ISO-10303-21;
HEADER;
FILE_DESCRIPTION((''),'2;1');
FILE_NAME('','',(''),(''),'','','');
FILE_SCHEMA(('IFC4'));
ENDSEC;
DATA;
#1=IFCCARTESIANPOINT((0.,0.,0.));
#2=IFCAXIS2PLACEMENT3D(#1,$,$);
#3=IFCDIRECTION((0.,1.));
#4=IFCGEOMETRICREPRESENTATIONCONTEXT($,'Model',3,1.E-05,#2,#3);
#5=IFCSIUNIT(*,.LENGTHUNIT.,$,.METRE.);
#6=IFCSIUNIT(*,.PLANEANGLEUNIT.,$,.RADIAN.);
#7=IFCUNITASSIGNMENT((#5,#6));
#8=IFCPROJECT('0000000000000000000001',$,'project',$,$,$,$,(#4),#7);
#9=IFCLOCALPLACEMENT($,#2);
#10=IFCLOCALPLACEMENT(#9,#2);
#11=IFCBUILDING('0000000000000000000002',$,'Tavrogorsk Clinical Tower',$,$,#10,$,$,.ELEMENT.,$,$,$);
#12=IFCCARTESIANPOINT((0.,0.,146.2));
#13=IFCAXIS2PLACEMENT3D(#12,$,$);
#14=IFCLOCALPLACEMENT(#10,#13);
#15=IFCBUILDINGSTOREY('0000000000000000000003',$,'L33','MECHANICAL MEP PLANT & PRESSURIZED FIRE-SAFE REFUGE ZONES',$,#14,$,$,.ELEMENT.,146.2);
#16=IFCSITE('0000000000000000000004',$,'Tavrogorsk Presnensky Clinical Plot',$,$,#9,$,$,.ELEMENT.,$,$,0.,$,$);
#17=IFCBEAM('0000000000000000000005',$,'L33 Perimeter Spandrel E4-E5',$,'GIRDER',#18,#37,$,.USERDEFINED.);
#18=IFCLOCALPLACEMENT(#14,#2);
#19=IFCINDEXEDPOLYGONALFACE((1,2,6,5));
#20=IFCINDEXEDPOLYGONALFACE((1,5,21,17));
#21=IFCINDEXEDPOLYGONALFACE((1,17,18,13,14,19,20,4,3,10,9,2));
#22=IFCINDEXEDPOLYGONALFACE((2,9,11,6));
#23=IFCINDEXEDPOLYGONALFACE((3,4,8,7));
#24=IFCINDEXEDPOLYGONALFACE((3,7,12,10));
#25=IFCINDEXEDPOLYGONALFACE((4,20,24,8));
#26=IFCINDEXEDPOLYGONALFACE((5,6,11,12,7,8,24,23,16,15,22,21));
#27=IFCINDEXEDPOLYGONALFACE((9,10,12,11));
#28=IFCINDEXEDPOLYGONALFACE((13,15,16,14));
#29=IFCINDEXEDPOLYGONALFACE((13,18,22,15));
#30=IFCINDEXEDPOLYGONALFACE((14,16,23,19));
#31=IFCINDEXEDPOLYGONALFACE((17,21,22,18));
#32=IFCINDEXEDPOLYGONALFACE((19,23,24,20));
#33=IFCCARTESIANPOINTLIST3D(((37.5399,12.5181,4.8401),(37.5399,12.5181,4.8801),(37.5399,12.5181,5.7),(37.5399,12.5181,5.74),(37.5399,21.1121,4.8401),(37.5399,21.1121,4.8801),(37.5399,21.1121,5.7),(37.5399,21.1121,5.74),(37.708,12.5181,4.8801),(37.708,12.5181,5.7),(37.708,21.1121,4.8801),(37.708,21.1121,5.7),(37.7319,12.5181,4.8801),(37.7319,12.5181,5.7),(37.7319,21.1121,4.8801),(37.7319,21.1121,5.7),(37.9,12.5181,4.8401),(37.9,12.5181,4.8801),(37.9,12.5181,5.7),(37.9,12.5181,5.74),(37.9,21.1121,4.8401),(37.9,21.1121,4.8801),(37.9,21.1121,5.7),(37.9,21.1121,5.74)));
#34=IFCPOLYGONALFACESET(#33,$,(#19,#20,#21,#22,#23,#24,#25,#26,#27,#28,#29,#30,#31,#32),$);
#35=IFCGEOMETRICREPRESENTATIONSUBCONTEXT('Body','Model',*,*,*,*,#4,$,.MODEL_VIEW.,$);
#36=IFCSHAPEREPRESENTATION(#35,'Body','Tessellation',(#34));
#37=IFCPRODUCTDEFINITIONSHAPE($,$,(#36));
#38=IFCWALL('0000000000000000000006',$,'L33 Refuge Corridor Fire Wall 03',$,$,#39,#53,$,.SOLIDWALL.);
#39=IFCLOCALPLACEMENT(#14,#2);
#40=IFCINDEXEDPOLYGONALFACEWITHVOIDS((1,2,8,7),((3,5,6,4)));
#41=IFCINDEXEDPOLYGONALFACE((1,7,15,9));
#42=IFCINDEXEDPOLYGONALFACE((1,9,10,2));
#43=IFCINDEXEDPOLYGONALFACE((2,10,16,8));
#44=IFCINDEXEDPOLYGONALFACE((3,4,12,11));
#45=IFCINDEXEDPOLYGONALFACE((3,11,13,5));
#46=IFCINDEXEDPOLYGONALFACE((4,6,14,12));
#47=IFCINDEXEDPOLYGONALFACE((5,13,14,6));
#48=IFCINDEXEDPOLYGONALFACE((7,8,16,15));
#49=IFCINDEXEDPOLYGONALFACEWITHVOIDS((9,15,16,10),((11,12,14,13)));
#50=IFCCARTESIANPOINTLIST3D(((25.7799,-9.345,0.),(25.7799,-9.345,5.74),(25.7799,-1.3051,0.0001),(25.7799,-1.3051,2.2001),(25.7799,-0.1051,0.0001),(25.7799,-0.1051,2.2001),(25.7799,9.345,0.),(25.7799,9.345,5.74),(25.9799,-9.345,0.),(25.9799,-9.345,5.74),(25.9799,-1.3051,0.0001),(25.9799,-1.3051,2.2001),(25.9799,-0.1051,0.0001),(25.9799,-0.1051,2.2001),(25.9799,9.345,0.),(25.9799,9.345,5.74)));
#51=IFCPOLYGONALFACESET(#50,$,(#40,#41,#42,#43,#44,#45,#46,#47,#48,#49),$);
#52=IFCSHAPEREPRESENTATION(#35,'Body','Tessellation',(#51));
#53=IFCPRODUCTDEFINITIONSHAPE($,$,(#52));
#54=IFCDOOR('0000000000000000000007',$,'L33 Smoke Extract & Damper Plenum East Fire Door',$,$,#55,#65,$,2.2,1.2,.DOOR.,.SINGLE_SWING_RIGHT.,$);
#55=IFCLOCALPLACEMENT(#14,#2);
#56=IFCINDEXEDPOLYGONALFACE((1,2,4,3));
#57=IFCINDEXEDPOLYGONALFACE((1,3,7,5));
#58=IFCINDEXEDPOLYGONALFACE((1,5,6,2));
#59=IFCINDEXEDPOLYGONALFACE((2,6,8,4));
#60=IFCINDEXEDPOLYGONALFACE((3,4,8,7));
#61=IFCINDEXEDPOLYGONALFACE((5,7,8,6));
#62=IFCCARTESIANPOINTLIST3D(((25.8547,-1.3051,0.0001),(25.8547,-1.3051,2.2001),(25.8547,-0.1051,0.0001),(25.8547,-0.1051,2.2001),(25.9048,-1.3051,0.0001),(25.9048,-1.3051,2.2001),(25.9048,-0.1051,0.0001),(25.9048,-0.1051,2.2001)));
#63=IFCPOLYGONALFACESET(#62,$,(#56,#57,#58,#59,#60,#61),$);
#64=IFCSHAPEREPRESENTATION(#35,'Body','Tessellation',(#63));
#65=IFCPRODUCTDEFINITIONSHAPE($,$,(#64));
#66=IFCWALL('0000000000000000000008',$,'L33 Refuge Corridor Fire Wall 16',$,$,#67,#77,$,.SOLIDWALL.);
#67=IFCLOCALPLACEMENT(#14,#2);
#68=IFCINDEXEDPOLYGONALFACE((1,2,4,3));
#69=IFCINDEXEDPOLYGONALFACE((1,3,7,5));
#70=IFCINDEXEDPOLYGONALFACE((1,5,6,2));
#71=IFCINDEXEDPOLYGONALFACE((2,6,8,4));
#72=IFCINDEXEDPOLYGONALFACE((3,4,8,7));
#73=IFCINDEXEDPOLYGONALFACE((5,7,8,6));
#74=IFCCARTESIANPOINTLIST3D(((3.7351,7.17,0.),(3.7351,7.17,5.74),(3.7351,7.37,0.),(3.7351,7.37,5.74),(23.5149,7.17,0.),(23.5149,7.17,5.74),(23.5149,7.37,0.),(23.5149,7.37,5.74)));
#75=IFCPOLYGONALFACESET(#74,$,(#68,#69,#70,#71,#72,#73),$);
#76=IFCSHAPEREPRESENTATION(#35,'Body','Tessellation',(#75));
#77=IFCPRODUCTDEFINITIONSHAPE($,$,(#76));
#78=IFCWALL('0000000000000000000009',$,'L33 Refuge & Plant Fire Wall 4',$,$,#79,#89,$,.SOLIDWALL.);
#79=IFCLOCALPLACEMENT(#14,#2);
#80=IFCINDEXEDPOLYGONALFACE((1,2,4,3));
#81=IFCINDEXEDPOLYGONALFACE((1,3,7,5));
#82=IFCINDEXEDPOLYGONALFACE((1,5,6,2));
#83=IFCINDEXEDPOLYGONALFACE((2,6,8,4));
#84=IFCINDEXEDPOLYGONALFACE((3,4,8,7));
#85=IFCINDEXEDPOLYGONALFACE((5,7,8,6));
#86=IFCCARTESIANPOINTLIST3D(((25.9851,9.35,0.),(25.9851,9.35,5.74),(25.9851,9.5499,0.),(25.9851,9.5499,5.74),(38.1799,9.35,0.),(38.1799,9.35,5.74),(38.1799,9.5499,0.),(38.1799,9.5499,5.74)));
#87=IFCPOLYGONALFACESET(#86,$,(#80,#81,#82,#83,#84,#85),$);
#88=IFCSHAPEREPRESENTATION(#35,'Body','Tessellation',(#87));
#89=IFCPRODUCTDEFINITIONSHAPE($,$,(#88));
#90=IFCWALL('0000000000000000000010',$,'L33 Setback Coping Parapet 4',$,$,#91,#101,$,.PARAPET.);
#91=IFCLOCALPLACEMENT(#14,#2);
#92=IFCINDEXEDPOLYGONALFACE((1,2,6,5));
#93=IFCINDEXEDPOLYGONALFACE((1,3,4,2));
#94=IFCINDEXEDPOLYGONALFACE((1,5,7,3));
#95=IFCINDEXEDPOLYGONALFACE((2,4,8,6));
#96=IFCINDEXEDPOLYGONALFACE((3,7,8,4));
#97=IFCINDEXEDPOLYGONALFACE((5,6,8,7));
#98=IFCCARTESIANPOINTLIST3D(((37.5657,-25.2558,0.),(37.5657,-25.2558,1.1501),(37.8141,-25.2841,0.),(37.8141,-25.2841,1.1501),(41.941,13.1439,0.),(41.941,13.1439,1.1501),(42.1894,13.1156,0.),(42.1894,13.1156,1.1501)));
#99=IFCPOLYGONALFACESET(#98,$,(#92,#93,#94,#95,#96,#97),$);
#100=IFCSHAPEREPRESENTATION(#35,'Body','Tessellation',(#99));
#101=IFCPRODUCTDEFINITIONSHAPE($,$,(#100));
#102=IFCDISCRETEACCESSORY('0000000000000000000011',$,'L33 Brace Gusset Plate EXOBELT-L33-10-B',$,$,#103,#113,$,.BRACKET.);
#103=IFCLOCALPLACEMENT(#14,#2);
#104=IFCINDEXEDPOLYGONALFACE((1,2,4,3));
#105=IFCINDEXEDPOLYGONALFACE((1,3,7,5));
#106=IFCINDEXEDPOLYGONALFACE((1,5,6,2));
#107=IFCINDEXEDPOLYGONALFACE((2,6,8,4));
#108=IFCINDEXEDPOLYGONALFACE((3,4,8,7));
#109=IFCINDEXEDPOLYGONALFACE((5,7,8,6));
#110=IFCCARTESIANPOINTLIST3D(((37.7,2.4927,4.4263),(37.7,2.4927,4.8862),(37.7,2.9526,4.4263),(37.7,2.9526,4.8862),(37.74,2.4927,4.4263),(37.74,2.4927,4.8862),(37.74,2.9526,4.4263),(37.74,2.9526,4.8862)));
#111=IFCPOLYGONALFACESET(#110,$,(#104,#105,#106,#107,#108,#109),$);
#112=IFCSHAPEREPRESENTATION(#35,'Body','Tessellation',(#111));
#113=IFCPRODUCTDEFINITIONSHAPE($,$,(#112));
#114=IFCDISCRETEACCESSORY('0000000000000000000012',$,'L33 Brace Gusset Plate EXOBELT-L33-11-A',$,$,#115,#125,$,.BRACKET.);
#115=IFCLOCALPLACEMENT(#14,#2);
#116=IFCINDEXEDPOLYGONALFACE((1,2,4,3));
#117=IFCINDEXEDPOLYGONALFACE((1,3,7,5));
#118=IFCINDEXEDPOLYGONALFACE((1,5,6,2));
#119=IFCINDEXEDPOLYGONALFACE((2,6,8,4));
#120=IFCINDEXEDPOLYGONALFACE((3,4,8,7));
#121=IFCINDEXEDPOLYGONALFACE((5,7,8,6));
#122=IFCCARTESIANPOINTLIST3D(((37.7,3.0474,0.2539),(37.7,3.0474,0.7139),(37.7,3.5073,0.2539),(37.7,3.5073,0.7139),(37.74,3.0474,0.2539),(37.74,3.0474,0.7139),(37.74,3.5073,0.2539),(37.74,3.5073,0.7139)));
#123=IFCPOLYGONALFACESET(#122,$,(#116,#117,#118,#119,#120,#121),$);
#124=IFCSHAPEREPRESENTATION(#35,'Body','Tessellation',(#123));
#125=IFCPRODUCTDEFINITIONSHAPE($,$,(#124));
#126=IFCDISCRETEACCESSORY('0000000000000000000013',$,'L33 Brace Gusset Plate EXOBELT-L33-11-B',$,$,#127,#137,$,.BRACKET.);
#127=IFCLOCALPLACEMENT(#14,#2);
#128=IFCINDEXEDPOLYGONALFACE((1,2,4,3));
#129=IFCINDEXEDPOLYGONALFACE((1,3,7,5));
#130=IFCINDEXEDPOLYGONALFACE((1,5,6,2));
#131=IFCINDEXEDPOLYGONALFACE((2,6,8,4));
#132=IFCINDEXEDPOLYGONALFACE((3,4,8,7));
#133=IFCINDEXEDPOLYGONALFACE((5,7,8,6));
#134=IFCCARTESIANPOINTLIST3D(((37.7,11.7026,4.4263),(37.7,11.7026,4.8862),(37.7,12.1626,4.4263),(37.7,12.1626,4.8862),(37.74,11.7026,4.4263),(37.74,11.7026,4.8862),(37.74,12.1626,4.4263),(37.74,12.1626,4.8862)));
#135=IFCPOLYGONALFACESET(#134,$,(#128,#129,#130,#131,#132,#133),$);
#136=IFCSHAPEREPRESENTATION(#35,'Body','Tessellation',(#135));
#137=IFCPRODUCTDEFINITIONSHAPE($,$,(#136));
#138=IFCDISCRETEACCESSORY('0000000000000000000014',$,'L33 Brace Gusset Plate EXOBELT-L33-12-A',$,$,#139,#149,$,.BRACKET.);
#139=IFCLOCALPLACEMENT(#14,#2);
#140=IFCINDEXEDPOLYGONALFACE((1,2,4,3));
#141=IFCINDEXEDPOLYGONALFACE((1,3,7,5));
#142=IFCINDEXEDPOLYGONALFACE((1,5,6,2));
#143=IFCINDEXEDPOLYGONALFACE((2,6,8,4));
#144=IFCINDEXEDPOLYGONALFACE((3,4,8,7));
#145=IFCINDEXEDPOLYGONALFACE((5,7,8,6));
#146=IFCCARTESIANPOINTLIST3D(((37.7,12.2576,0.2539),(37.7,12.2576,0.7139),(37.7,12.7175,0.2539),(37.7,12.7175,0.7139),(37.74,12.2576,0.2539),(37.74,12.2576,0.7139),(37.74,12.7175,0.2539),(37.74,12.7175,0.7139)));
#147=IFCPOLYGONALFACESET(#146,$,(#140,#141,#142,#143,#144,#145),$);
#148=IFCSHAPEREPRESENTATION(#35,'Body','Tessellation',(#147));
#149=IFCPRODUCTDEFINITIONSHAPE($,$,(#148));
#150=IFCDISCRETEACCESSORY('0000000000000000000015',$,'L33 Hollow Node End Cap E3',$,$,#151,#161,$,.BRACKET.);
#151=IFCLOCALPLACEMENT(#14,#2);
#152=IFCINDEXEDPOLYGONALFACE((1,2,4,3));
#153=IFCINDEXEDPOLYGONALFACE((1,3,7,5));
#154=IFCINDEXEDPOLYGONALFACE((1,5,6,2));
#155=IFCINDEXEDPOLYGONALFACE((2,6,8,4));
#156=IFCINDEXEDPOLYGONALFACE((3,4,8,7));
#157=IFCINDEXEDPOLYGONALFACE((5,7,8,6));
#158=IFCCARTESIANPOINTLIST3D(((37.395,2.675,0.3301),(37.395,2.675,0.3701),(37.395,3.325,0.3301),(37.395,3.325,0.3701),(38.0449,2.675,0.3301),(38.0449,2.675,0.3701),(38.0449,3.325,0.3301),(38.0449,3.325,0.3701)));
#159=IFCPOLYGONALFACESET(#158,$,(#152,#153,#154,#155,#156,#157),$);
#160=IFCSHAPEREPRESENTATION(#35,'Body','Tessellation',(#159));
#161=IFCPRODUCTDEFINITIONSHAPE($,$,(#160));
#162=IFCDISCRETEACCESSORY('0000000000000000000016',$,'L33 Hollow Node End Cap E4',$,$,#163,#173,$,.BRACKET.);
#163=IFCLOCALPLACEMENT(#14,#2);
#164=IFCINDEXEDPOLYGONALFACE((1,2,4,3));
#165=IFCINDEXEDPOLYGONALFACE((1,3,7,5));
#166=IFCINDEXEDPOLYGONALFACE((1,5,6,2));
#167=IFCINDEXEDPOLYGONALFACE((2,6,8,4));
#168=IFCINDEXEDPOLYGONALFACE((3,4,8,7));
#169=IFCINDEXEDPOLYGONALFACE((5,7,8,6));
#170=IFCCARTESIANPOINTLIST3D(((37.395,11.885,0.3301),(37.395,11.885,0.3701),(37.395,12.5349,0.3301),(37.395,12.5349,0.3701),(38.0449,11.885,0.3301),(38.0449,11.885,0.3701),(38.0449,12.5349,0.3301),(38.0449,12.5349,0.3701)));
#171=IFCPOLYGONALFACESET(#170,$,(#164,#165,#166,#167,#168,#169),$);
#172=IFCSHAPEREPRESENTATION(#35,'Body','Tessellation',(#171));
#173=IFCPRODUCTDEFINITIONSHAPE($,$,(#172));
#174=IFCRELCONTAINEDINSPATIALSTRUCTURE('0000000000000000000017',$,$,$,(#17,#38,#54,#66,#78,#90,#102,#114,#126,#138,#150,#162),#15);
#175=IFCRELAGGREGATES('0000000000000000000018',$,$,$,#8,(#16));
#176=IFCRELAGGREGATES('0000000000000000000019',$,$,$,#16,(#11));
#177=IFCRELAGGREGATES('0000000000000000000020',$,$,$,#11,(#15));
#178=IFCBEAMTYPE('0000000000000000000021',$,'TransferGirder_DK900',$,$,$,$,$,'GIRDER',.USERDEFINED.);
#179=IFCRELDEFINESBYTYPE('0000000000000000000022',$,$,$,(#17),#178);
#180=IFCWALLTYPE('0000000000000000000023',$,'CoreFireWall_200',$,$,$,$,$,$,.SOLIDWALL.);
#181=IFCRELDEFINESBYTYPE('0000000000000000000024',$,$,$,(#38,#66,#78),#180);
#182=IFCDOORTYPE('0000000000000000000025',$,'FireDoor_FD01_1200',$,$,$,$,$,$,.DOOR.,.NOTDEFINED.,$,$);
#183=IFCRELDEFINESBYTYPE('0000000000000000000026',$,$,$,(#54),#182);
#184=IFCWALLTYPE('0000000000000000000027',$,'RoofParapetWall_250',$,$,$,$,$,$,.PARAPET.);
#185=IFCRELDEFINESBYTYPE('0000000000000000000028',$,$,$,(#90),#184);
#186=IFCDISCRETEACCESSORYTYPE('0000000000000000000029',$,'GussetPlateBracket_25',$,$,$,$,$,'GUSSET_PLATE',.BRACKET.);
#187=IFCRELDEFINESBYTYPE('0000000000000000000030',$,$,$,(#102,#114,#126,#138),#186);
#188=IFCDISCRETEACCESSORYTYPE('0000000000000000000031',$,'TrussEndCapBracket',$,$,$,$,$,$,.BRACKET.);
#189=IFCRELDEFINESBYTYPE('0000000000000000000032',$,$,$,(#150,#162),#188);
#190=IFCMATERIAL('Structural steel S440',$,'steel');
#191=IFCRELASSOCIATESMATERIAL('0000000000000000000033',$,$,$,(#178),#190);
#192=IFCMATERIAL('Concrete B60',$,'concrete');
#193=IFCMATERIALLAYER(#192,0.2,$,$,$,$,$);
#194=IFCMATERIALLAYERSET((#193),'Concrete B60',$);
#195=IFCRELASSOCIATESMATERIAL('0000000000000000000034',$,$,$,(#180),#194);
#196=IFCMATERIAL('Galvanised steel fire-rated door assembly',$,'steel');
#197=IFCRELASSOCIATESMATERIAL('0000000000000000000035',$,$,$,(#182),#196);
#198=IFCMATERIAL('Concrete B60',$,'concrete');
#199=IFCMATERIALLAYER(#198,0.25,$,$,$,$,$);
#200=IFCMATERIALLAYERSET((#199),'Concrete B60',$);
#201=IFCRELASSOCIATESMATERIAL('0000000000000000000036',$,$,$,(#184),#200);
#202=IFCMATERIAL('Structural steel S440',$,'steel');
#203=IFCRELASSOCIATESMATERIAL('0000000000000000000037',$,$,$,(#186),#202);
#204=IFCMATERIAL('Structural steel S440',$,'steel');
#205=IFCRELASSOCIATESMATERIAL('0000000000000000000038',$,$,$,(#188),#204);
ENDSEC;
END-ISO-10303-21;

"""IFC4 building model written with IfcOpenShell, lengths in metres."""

from ifc_helpers import new_model, si_unit, direction, frame, frame_2d, origin, origin_2d, place, context, subcontext, project, spatial, rectangle, i_section, extrude, material, layer, layer_set, material_profile, profile_set, type_object, element, fill, save


model = new_model("IFC4")

# Units and contexts
model_context = context("Model", 3, precision=1e-05, world=origin(), true_north=direction((0.0, 1.0)))
body_context = subcontext(model_context, "Body", "Model", "MODEL_VIEW")
ifc_project = project(units=[si_unit("LENGTHUNIT", "METRE"), si_unit("PLANEANGLEUNIT", "RADIAN")], contexts=[model_context])

# Site, building, storey
site_placement = place(None, origin())
site = spatial("IfcSite", under=ifc_project, at=site_placement, Name="Tavrogorsk Presnensky Clinical Plot", CompositionType="ELEMENT", RefElevation=0.0)
building_placement = place(site_placement, origin())
building = spatial("IfcBuilding", under=site, at=building_placement, Name="Tavrogorsk Clinical Tower", CompositionType="ELEMENT")
storey_placement = place(building_placement, frame((0.0, 0.0, 146.2)))
storey = spatial("IfcBuildingStorey", under=building, at=storey_placement, Name="L33", Description="MECHANICAL MEP PLANT & PRESSURIZED FIRE-SAFE REFUGE ZONES", CompositionType="ELEMENT", Elevation=146.2)

# Beam
ifc_material_1 = material(Name="Structural steel S440", Category="steel")
ifc_material_profile_1 = material_profile(ifc_material_1, i_section(OverallWidth=0.3601, OverallDepth=0.8999, WebThickness=0.0239, FlangeThickness=0.04, at=origin_2d()), Name="DK-900x360x24x40")
ifc_profile_set_1 = profile_set([ifc_material_profile_1], Name="Structural steel S440")
beam_type_1 = type_object("IfcBeamType", Name="TransferGirder_DK900", ElementType="GIRDER", PredefinedType="USERDEFINED", material=ifc_profile_set_1)
for number, where, z_axis, x_axis, name in (
    (1, (37.72, 12.5181, 5.29), (0.0, 1.0, 0.0), (-1.0, 0.0, 0.0), "L33 Perimeter Spandrel E4-E5"),
):
    element("IfcBeam", number, at=place(storey_placement, frame(where, z_axis=z_axis, x_axis=x_axis)), inside=storey, type_object=beam_type_1, Name=name, ObjectType="GIRDER", PredefinedType="USERDEFINED", context=body_context, shape_type="SweptSolid", body=[
        extrude(i_section(OverallWidth=0.3601, OverallDepth=0.8999, WebThickness=0.0239, FlangeThickness=0.04, at=origin_2d()), origin(), (0.0, 0.0, 1.0), 8.594),
    ])

# Wall, opening, door
ifc_material_2 = material(Name="Concrete B60", Category="concrete")
ifc_layer_1 = layer(ifc_material_2, 0.2)
ifc_layer_set_1 = layer_set([ifc_layer_1], Name="Concrete B60")
wall_type_1 = type_object("IfcWallType", Name="CoreFireWall_200", PredefinedType="SOLIDWALL", material=ifc_layer_set_1)
wall_1_placement = place(storey_placement, frame((25.8799, 9.345, 0.0), z_axis=(0.0, 0.0, 1.0), x_axis=(0.0, -1.0, 0.0)))
wall_1 = element("IfcWall", 2, at=wall_1_placement, inside=storey, type_object=wall_type_1, Name="L33 Refuge Corridor Fire Wall 03", PredefinedType="SOLIDWALL", context=body_context, shape_type="SweptSolid", body=[
    extrude(rectangle(XDim=18.6899, YDim=0.2, at=frame_2d((9.345, 0.0))), origin(), (0.0, 0.0, 1.0), 5.74),
])
opening_placement = place(wall_1_placement, frame((9.45, 0.0, 0.0)))
opening = element("IfcOpeningElement", 3, at=opening_placement, cuts=wall_1, PredefinedType="OPENING", context=body_context, shape_type="SweptSolid", body=[
    extrude(rectangle(XDim=1.2, YDim=2.2, at=frame_2d((0.6001, 1.1001))), frame((0.0, 0.1099, 0.0), z_axis=(0.0, -1.0, 0.0), x_axis=(1.0, 0.0, 0.0)), (0.0, 0.0, 1.0), 0.22),
])
ifc_material_3 = material(Name="Galvanised steel fire-rated door assembly", Category="steel")
door_type = type_object("IfcDoorType", Name="FireDoor_FD01_1200", OperationType="NOTDEFINED", PredefinedType="DOOR", material=ifc_material_3)
door_placement = place(opening_placement, origin())
door = element("IfcDoor", 4, at=door_placement, inside=storey, type_object=door_type, Name="L33 Smoke Extract & Damper Plenum East Fire Door", OperationType="SINGLE_SWING_RIGHT", OverallHeight=2.2, OverallWidth=1.2, PredefinedType="DOOR", context=body_context, shape_type="SweptSolid", body=[
    extrude(rectangle(XDim=1.2, YDim=2.2, at=frame_2d((0.6001, 1.1001))), frame((0.0, 0.0249, 0.0), z_axis=(0.0, -1.0, 0.0), x_axis=(1.0, 0.0, 0.0)), (0.0, 0.0, 1.0), 0.05),
])
fill(opening, door)

# Walls
wall_2_placement = place(storey_placement, frame((23.5149, 7.27, 0.0), z_axis=(0.0, 0.0, 1.0), x_axis=(-1.0, 0.0, 0.0)))
element("IfcWall", 5, at=wall_2_placement, inside=storey, type_object=wall_type_1, Name="L33 Refuge Corridor Fire Wall 16", PredefinedType="SOLIDWALL", context=body_context, shape_type="SweptSolid", body=[
    extrude(rectangle(XDim=19.7798, YDim=0.2, at=frame_2d((9.8899, 0.0))), origin(), (0.0, 0.0, 1.0), 5.74),
])
wall_3_placement = place(storey_placement, frame((25.9851, 9.45, 0.0), z_axis=(0.0, 0.0, 1.0), x_axis=(1.0, 0.0, 0.0)))
element("IfcWall", 6, at=wall_3_placement, inside=storey, type_object=wall_type_1, Name="L33 Refuge & Plant Fire Wall 4", PredefinedType="SOLIDWALL", context=body_context, shape_type="SweptSolid", body=[
    extrude(rectangle(XDim=12.1948, YDim=0.2, at=frame_2d((6.0974, 0.0))), origin(), (0.0, 0.0, 1.0), 5.74),
])
ifc_material_4 = material(Name="Concrete B60", Category="concrete")
ifc_layer_2 = layer(ifc_material_4, 0.25)
ifc_layer_set_2 = layer_set([ifc_layer_2], Name="Concrete B60")
wall_type_2 = type_object("IfcWallType", Name="RoofParapetWall_250", PredefinedType="PARAPET", material=ifc_layer_set_2)
wall_4_placement = place(storey_placement, frame((42.0652, 13.1299, 0.0), z_axis=(0.0, 0.0, 1.0), x_axis=(-0.113207, -0.993571, 0.0)))
element("IfcWall", 7, at=wall_4_placement, inside=storey, type_object=wall_type_2, Name="L33 Setback Coping Parapet 4", PredefinedType="PARAPET", context=body_context, shape_type="SweptSolid", body=[
    extrude(rectangle(XDim=38.6482, YDim=0.25, at=frame_2d((19.3242, 0.0))), origin(), (0.0, 0.0, 1.0), 1.1501),
])

# Discrete accessories
ifc_material_5 = material(Name="Structural steel S440", Category="steel")
discrete_accessory_type_1 = type_object("IfcDiscreteAccessoryType", Name="GussetPlateBracket_25", ElementType="GUSSET_PLATE", PredefinedType="BRACKET", material=ifc_material_5)
for number, where, z_axis, x_axis, name in (
    (8, (37.72, 2.7227, 4.4263), (0.0, 0.0, 1.0), (0.0, 1.0, 0.0), "L33 Brace Gusset Plate EXOBELT-L33-10-B"),
    (9, (37.72, 3.2773, 0.2539), (0.0, 0.0, 1.0), (0.0, 1.0, 0.0), "L33 Brace Gusset Plate EXOBELT-L33-11-A"),
    (10, (37.72, 11.9326, 4.4263), (0.0, 0.0, 1.0), (0.0, 1.0, 0.0), "L33 Brace Gusset Plate EXOBELT-L33-11-B"),
    (11, (37.72, 12.4875, 0.2539), (0.0, 0.0, 1.0), (0.0, 1.0, 0.0), "L33 Brace Gusset Plate EXOBELT-L33-12-A"),
):
    element("IfcDiscreteAccessory", number, at=place(storey_placement, frame(where, z_axis=z_axis, x_axis=x_axis)), inside=storey, type_object=discrete_accessory_type_1, Name=name, PredefinedType="BRACKET", context=body_context, shape_type="SweptSolid", body=[
        extrude(rectangle(XDim=0.46, YDim=0.04, at=origin_2d()), origin(), (0.0, 0.0, 1.0), 0.46),
    ])
ifc_material_6 = material(Name="Structural steel S440", Category="steel")
discrete_accessory_type_2 = type_object("IfcDiscreteAccessoryType", Name="TrussEndCapBracket", PredefinedType="BRACKET", material=ifc_material_6)
for number, where, z_axis, x_axis, name in (
    (12, (37.72, 3.0, 0.3301), (0.0, 0.0, 1.0), (1.0, 0.0, 0.0), "L33 Hollow Node End Cap E3"),
    (13, (37.72, 12.21, 0.3301), (0.0, 0.0, 1.0), (1.0, 0.0, 0.0), "L33 Hollow Node End Cap E4"),
):
    element("IfcDiscreteAccessory", number, at=place(storey_placement, frame(where, z_axis=z_axis, x_axis=x_axis)), inside=storey, type_object=discrete_accessory_type_2, Name=name, PredefinedType="BRACKET", context=body_context, shape_type="SweptSolid", body=[
        extrude(rectangle(XDim=0.6499, YDim=0.6499, at=origin_2d()), origin(), (0.0, 0.0, 1.0), 0.04),
    ])

save(model, "model.ifc")
